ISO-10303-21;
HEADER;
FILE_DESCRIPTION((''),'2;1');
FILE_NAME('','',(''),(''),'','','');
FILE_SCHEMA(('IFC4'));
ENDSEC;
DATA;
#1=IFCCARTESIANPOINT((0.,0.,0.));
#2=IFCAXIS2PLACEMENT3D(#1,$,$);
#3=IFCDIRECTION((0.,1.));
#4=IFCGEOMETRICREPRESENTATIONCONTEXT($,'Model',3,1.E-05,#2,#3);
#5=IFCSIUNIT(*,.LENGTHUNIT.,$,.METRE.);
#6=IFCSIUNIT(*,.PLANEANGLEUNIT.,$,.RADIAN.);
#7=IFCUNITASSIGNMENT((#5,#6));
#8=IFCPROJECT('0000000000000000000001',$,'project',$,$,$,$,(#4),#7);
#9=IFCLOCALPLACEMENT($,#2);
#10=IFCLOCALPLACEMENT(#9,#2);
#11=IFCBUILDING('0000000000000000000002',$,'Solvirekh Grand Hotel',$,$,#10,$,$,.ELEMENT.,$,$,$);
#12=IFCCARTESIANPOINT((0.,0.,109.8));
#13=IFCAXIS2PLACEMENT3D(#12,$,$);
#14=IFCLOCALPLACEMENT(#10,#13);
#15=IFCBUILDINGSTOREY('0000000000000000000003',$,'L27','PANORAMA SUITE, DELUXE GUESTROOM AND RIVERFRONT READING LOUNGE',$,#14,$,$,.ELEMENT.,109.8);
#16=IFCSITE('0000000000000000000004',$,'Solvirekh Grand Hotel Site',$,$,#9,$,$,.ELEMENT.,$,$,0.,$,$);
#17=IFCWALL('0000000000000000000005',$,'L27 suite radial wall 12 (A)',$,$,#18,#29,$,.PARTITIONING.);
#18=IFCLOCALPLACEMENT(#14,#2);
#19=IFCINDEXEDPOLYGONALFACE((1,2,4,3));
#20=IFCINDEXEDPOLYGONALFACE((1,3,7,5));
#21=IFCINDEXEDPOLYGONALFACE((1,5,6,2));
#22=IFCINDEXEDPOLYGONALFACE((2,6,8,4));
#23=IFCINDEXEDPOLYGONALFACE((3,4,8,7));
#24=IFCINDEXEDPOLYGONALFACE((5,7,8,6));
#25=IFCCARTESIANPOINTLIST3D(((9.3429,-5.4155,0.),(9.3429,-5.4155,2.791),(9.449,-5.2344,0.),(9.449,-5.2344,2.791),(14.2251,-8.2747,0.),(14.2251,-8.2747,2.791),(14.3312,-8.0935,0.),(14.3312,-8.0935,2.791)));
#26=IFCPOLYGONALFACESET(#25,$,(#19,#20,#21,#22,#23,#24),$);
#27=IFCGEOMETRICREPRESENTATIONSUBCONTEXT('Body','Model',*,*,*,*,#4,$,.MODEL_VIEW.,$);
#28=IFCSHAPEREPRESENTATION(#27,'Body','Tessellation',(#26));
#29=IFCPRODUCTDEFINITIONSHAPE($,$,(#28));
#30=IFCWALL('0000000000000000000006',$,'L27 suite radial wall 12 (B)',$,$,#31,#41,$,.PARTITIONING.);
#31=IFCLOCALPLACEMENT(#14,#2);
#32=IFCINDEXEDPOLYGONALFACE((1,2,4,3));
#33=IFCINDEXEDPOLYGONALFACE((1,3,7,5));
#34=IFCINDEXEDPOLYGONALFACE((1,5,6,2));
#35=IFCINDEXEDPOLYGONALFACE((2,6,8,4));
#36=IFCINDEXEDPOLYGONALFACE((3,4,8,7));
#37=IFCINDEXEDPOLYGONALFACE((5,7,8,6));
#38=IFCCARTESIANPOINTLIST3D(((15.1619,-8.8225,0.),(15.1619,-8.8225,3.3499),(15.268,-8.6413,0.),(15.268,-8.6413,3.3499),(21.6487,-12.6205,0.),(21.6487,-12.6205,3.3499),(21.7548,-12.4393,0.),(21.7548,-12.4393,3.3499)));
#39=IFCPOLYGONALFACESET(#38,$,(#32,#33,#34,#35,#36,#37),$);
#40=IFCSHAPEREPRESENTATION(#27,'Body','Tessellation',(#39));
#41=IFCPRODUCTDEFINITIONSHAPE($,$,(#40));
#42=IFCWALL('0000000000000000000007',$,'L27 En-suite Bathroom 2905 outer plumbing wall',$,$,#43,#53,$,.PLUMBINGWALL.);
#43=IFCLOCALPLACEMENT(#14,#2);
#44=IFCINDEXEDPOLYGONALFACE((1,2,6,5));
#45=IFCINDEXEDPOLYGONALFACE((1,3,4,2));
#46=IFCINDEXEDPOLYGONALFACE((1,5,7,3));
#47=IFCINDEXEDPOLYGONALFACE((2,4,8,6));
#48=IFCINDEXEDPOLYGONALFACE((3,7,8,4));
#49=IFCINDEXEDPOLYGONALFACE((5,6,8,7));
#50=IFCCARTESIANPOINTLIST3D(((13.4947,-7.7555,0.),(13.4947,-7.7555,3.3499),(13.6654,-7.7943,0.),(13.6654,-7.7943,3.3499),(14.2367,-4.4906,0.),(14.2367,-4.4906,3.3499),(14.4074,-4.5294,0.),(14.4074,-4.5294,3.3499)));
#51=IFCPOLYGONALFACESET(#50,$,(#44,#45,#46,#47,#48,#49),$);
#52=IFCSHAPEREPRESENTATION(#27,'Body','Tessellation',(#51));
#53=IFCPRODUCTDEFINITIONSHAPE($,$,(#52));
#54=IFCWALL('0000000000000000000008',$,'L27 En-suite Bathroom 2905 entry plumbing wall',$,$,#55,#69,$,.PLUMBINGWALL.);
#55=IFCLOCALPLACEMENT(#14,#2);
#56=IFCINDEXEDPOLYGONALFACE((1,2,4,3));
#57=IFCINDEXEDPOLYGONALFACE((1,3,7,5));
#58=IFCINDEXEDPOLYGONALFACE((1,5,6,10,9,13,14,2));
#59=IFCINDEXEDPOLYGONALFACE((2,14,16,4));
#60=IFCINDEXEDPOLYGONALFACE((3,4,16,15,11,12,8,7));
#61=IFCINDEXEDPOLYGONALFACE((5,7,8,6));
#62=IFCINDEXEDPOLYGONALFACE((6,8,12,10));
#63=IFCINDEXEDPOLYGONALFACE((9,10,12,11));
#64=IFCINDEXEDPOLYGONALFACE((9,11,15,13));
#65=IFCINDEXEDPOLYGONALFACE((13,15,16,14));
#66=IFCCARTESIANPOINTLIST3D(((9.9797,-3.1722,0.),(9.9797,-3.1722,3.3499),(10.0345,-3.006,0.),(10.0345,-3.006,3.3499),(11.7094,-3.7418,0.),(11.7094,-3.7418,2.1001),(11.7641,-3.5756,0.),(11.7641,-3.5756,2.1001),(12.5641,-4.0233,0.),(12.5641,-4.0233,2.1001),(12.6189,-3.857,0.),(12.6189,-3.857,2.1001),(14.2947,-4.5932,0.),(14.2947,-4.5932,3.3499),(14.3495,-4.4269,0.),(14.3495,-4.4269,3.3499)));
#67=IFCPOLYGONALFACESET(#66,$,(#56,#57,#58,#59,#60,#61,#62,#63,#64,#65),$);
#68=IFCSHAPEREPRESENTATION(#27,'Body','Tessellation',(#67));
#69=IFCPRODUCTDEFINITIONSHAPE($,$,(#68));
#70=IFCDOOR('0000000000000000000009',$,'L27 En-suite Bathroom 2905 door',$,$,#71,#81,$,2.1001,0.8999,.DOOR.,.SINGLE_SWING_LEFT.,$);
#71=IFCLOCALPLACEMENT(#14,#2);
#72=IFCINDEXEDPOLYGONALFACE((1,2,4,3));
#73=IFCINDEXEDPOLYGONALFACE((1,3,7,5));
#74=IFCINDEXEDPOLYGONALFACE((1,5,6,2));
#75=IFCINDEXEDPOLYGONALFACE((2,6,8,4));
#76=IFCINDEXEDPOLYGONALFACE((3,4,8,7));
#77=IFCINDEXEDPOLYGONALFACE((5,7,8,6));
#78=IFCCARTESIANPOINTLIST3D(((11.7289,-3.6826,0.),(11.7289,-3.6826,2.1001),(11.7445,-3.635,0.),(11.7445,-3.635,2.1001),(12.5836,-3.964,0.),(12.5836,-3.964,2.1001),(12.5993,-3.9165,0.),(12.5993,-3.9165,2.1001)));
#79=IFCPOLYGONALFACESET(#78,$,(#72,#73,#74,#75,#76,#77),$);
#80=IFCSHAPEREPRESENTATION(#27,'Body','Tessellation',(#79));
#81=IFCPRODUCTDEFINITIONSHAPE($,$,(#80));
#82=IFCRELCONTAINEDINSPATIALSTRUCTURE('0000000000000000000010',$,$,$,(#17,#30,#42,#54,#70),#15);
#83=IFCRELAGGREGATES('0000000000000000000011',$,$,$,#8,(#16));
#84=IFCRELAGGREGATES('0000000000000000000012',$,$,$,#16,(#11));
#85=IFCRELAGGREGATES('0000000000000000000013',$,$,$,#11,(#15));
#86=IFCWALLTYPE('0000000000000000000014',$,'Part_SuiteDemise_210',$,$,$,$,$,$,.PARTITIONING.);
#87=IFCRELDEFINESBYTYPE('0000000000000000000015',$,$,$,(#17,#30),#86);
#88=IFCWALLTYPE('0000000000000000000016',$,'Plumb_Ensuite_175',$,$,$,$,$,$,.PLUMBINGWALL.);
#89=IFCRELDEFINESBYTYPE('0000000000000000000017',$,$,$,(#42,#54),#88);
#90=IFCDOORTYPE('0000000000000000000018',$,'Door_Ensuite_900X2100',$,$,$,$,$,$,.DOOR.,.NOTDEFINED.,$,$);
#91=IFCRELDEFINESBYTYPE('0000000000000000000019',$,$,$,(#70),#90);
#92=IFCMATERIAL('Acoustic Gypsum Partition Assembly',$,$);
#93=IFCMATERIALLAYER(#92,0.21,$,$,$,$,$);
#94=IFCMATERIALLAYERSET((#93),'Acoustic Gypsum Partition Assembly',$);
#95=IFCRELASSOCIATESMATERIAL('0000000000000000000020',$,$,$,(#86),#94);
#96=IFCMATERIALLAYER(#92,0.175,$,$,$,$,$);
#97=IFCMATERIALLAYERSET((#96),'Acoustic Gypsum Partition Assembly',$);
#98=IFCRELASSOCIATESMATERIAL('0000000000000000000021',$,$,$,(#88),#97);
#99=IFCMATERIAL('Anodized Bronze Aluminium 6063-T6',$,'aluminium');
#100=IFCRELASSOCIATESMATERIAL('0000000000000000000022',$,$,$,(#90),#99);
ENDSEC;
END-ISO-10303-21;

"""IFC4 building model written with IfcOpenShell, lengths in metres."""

from ifc_helpers import new_model, si_unit, direction, frame, frame_2d, origin, place, context, subcontext, project, spatial, rectangle, extrude, material, layer, layer_set, type_object, element, fill, save


model = new_model("IFC4")

# Units and contexts
model_context = context("Model", 3, precision=1e-05, world=origin(), true_north=direction((0.0, 1.0)))
body_context = subcontext(model_context, "Body", "Model", "MODEL_VIEW")
ifc_project = project(units=[si_unit("LENGTHUNIT", "METRE"), si_unit("PLANEANGLEUNIT", "RADIAN")], contexts=[model_context])

# Site, building, storey
site_placement = place(None, origin())
site = spatial("IfcSite", under=ifc_project, at=site_placement, Name="Solvirekh Grand Hotel Site", CompositionType="ELEMENT", RefElevation=0.0)
building_placement = place(site_placement, origin())
building = spatial("IfcBuilding", under=site, at=building_placement, Name="Solvirekh Grand Hotel", CompositionType="ELEMENT")
storey_placement = place(building_placement, frame((0.0, 0.0, 109.8)))
storey = spatial("IfcBuildingStorey", under=building, at=storey_placement, Name="L27", Description="PANORAMA SUITE, DELUXE GUESTROOM AND RIVERFRONT READING LOUNGE", CompositionType="ELEMENT", Elevation=109.8)

# Shared definitions
ifc_material_1 = material(Name="Anodized Bronze Aluminium 6063-T6", Category="aluminium")

# Shared definitions
ifc_material_2 = material(Name="Acoustic Gypsum Partition Assembly")

# Walls
ifc_layer_1 = layer(ifc_material_2, 0.21)
ifc_layer_set_1 = layer_set([ifc_layer_1], Name="Acoustic Gypsum Partition Assembly")
wall_type_1 = type_object("IfcWallType", Name="Part_SuiteDemise_210", PredefinedType="PARTITIONING", material=ifc_layer_set_1)
wall_1_placement = place(storey_placement, frame((9.396, -5.325, 0.0), z_axis=(0.0, 0.0, 1.0), x_axis=(0.862912, -0.505354, 0.0)))
element("IfcWall", 1, at=wall_1_placement, inside=storey, type_object=wall_type_1, Name="L27 suite radial wall 12 (A)", PredefinedType="PARTITIONING", context=body_context, shape_type="SweptSolid", body=[
    extrude(rectangle(XDim=5.6577, YDim=0.21, at=frame_2d((2.8289, 0.0))), origin(), (0.0, 0.0, 1.0), 2.791),
])
wall_2_placement = place(storey_placement, frame((15.2151, -8.7319, 0.0), z_axis=(0.0, 0.0, 1.0), x_axis=(0.86296, -0.505272, 0.0)))
element("IfcWall", 2, at=wall_2_placement, inside=storey, type_object=wall_type_1, Name="L27 suite radial wall 12 (B)", PredefinedType="PARTITIONING", context=body_context, shape_type="SweptSolid", body=[
    extrude(rectangle(XDim=7.5168, YDim=0.21, at=frame_2d((3.7583, 0.0))), origin(), (0.0, 0.0, 1.0), 3.3499),
])
ifc_layer_2 = layer(ifc_material_2, 0.175)
ifc_layer_set_2 = layer_set([ifc_layer_2], Name="Acoustic Gypsum Partition Assembly")
wall_type_2 = type_object("IfcWallType", Name="Plumb_Ensuite_175", PredefinedType="PLUMBINGWALL", material=ifc_layer_set_2)
wall_3_placement = place(storey_placement, frame((13.5801, -7.7749, 0.0), z_axis=(0.0, 0.0, 1.0), x_axis=(0.221599, 0.975138, 0.0)))
element("IfcWall", 3, at=wall_3_placement, inside=storey, type_object=wall_type_2, Name="L27 En-suite Bathroom 2905 outer plumbing wall", PredefinedType="PLUMBINGWALL", context=body_context, shape_type="SweptSolid", body=[
    extrude(rectangle(XDim=3.3481, YDim=0.175, at=frame_2d((1.6741, 0.0))), origin(), (0.0, 0.0, 1.0), 3.3499),
])

# Wall, opening, door
wall_4_placement = place(storey_placement, frame((10.0071, -3.0891, 0.0), z_axis=(0.0, 0.0, 1.0), x_axis=(0.949827, -0.312775, 0.0)))
wall_4 = element("IfcWall", 4, at=wall_4_placement, inside=storey, type_object=wall_type_2, Name="L27 En-suite Bathroom 2905 entry plumbing wall", PredefinedType="PLUMBINGWALL", context=body_context, shape_type="SweptSolid", body=[
    extrude(rectangle(XDim=4.543, YDim=0.175, at=frame_2d((2.2715, 0.0))), origin(), (0.0, 0.0, 1.0), 3.3499),
])
opening_1_placement = place(wall_4_placement, frame((1.821, 0.0, 0.0)))
opening_1 = element("IfcOpeningElement", 5, at=opening_1_placement, cuts=wall_4, PredefinedType="OPENING", context=body_context, shape_type="SweptSolid", body=[
    extrude(rectangle(XDim=0.8999, YDim=2.1001, at=frame_2d((0.45, 1.05))), frame((0.0, 0.0977, 0.0), z_axis=(0.0, -1.0, 0.0), x_axis=(1.0, 0.0, 0.0)), (0.0, 0.0, 1.0), 0.1951),
])
door_type_1 = type_object("IfcDoorType", Name="Door_Ensuite_900X2100", OperationType="NOTDEFINED", PredefinedType="DOOR", material=ifc_material_1)
door_1_placement = place(opening_1_placement, origin())
door_1 = element("IfcDoor", 6, at=door_1_placement, inside=storey, type_object=door_type_1, Name="L27 En-suite Bathroom 2905 door", OperationType="SINGLE_SWING_LEFT", OverallHeight=2.1001, OverallWidth=0.8999, PredefinedType="DOOR", context=body_context, shape_type="SweptSolid", body=[
    extrude(rectangle(XDim=0.8999, YDim=2.1001, at=frame_2d((0.45, 1.05))), frame((0.0, 0.0249, 0.0), z_axis=(0.0, -1.0, 0.0), x_axis=(1.0, 0.0, 0.0)), (0.0, 0.0, 1.0), 0.05),
])
fill(opening_1, door_1)

save(model, "model.ifc")
